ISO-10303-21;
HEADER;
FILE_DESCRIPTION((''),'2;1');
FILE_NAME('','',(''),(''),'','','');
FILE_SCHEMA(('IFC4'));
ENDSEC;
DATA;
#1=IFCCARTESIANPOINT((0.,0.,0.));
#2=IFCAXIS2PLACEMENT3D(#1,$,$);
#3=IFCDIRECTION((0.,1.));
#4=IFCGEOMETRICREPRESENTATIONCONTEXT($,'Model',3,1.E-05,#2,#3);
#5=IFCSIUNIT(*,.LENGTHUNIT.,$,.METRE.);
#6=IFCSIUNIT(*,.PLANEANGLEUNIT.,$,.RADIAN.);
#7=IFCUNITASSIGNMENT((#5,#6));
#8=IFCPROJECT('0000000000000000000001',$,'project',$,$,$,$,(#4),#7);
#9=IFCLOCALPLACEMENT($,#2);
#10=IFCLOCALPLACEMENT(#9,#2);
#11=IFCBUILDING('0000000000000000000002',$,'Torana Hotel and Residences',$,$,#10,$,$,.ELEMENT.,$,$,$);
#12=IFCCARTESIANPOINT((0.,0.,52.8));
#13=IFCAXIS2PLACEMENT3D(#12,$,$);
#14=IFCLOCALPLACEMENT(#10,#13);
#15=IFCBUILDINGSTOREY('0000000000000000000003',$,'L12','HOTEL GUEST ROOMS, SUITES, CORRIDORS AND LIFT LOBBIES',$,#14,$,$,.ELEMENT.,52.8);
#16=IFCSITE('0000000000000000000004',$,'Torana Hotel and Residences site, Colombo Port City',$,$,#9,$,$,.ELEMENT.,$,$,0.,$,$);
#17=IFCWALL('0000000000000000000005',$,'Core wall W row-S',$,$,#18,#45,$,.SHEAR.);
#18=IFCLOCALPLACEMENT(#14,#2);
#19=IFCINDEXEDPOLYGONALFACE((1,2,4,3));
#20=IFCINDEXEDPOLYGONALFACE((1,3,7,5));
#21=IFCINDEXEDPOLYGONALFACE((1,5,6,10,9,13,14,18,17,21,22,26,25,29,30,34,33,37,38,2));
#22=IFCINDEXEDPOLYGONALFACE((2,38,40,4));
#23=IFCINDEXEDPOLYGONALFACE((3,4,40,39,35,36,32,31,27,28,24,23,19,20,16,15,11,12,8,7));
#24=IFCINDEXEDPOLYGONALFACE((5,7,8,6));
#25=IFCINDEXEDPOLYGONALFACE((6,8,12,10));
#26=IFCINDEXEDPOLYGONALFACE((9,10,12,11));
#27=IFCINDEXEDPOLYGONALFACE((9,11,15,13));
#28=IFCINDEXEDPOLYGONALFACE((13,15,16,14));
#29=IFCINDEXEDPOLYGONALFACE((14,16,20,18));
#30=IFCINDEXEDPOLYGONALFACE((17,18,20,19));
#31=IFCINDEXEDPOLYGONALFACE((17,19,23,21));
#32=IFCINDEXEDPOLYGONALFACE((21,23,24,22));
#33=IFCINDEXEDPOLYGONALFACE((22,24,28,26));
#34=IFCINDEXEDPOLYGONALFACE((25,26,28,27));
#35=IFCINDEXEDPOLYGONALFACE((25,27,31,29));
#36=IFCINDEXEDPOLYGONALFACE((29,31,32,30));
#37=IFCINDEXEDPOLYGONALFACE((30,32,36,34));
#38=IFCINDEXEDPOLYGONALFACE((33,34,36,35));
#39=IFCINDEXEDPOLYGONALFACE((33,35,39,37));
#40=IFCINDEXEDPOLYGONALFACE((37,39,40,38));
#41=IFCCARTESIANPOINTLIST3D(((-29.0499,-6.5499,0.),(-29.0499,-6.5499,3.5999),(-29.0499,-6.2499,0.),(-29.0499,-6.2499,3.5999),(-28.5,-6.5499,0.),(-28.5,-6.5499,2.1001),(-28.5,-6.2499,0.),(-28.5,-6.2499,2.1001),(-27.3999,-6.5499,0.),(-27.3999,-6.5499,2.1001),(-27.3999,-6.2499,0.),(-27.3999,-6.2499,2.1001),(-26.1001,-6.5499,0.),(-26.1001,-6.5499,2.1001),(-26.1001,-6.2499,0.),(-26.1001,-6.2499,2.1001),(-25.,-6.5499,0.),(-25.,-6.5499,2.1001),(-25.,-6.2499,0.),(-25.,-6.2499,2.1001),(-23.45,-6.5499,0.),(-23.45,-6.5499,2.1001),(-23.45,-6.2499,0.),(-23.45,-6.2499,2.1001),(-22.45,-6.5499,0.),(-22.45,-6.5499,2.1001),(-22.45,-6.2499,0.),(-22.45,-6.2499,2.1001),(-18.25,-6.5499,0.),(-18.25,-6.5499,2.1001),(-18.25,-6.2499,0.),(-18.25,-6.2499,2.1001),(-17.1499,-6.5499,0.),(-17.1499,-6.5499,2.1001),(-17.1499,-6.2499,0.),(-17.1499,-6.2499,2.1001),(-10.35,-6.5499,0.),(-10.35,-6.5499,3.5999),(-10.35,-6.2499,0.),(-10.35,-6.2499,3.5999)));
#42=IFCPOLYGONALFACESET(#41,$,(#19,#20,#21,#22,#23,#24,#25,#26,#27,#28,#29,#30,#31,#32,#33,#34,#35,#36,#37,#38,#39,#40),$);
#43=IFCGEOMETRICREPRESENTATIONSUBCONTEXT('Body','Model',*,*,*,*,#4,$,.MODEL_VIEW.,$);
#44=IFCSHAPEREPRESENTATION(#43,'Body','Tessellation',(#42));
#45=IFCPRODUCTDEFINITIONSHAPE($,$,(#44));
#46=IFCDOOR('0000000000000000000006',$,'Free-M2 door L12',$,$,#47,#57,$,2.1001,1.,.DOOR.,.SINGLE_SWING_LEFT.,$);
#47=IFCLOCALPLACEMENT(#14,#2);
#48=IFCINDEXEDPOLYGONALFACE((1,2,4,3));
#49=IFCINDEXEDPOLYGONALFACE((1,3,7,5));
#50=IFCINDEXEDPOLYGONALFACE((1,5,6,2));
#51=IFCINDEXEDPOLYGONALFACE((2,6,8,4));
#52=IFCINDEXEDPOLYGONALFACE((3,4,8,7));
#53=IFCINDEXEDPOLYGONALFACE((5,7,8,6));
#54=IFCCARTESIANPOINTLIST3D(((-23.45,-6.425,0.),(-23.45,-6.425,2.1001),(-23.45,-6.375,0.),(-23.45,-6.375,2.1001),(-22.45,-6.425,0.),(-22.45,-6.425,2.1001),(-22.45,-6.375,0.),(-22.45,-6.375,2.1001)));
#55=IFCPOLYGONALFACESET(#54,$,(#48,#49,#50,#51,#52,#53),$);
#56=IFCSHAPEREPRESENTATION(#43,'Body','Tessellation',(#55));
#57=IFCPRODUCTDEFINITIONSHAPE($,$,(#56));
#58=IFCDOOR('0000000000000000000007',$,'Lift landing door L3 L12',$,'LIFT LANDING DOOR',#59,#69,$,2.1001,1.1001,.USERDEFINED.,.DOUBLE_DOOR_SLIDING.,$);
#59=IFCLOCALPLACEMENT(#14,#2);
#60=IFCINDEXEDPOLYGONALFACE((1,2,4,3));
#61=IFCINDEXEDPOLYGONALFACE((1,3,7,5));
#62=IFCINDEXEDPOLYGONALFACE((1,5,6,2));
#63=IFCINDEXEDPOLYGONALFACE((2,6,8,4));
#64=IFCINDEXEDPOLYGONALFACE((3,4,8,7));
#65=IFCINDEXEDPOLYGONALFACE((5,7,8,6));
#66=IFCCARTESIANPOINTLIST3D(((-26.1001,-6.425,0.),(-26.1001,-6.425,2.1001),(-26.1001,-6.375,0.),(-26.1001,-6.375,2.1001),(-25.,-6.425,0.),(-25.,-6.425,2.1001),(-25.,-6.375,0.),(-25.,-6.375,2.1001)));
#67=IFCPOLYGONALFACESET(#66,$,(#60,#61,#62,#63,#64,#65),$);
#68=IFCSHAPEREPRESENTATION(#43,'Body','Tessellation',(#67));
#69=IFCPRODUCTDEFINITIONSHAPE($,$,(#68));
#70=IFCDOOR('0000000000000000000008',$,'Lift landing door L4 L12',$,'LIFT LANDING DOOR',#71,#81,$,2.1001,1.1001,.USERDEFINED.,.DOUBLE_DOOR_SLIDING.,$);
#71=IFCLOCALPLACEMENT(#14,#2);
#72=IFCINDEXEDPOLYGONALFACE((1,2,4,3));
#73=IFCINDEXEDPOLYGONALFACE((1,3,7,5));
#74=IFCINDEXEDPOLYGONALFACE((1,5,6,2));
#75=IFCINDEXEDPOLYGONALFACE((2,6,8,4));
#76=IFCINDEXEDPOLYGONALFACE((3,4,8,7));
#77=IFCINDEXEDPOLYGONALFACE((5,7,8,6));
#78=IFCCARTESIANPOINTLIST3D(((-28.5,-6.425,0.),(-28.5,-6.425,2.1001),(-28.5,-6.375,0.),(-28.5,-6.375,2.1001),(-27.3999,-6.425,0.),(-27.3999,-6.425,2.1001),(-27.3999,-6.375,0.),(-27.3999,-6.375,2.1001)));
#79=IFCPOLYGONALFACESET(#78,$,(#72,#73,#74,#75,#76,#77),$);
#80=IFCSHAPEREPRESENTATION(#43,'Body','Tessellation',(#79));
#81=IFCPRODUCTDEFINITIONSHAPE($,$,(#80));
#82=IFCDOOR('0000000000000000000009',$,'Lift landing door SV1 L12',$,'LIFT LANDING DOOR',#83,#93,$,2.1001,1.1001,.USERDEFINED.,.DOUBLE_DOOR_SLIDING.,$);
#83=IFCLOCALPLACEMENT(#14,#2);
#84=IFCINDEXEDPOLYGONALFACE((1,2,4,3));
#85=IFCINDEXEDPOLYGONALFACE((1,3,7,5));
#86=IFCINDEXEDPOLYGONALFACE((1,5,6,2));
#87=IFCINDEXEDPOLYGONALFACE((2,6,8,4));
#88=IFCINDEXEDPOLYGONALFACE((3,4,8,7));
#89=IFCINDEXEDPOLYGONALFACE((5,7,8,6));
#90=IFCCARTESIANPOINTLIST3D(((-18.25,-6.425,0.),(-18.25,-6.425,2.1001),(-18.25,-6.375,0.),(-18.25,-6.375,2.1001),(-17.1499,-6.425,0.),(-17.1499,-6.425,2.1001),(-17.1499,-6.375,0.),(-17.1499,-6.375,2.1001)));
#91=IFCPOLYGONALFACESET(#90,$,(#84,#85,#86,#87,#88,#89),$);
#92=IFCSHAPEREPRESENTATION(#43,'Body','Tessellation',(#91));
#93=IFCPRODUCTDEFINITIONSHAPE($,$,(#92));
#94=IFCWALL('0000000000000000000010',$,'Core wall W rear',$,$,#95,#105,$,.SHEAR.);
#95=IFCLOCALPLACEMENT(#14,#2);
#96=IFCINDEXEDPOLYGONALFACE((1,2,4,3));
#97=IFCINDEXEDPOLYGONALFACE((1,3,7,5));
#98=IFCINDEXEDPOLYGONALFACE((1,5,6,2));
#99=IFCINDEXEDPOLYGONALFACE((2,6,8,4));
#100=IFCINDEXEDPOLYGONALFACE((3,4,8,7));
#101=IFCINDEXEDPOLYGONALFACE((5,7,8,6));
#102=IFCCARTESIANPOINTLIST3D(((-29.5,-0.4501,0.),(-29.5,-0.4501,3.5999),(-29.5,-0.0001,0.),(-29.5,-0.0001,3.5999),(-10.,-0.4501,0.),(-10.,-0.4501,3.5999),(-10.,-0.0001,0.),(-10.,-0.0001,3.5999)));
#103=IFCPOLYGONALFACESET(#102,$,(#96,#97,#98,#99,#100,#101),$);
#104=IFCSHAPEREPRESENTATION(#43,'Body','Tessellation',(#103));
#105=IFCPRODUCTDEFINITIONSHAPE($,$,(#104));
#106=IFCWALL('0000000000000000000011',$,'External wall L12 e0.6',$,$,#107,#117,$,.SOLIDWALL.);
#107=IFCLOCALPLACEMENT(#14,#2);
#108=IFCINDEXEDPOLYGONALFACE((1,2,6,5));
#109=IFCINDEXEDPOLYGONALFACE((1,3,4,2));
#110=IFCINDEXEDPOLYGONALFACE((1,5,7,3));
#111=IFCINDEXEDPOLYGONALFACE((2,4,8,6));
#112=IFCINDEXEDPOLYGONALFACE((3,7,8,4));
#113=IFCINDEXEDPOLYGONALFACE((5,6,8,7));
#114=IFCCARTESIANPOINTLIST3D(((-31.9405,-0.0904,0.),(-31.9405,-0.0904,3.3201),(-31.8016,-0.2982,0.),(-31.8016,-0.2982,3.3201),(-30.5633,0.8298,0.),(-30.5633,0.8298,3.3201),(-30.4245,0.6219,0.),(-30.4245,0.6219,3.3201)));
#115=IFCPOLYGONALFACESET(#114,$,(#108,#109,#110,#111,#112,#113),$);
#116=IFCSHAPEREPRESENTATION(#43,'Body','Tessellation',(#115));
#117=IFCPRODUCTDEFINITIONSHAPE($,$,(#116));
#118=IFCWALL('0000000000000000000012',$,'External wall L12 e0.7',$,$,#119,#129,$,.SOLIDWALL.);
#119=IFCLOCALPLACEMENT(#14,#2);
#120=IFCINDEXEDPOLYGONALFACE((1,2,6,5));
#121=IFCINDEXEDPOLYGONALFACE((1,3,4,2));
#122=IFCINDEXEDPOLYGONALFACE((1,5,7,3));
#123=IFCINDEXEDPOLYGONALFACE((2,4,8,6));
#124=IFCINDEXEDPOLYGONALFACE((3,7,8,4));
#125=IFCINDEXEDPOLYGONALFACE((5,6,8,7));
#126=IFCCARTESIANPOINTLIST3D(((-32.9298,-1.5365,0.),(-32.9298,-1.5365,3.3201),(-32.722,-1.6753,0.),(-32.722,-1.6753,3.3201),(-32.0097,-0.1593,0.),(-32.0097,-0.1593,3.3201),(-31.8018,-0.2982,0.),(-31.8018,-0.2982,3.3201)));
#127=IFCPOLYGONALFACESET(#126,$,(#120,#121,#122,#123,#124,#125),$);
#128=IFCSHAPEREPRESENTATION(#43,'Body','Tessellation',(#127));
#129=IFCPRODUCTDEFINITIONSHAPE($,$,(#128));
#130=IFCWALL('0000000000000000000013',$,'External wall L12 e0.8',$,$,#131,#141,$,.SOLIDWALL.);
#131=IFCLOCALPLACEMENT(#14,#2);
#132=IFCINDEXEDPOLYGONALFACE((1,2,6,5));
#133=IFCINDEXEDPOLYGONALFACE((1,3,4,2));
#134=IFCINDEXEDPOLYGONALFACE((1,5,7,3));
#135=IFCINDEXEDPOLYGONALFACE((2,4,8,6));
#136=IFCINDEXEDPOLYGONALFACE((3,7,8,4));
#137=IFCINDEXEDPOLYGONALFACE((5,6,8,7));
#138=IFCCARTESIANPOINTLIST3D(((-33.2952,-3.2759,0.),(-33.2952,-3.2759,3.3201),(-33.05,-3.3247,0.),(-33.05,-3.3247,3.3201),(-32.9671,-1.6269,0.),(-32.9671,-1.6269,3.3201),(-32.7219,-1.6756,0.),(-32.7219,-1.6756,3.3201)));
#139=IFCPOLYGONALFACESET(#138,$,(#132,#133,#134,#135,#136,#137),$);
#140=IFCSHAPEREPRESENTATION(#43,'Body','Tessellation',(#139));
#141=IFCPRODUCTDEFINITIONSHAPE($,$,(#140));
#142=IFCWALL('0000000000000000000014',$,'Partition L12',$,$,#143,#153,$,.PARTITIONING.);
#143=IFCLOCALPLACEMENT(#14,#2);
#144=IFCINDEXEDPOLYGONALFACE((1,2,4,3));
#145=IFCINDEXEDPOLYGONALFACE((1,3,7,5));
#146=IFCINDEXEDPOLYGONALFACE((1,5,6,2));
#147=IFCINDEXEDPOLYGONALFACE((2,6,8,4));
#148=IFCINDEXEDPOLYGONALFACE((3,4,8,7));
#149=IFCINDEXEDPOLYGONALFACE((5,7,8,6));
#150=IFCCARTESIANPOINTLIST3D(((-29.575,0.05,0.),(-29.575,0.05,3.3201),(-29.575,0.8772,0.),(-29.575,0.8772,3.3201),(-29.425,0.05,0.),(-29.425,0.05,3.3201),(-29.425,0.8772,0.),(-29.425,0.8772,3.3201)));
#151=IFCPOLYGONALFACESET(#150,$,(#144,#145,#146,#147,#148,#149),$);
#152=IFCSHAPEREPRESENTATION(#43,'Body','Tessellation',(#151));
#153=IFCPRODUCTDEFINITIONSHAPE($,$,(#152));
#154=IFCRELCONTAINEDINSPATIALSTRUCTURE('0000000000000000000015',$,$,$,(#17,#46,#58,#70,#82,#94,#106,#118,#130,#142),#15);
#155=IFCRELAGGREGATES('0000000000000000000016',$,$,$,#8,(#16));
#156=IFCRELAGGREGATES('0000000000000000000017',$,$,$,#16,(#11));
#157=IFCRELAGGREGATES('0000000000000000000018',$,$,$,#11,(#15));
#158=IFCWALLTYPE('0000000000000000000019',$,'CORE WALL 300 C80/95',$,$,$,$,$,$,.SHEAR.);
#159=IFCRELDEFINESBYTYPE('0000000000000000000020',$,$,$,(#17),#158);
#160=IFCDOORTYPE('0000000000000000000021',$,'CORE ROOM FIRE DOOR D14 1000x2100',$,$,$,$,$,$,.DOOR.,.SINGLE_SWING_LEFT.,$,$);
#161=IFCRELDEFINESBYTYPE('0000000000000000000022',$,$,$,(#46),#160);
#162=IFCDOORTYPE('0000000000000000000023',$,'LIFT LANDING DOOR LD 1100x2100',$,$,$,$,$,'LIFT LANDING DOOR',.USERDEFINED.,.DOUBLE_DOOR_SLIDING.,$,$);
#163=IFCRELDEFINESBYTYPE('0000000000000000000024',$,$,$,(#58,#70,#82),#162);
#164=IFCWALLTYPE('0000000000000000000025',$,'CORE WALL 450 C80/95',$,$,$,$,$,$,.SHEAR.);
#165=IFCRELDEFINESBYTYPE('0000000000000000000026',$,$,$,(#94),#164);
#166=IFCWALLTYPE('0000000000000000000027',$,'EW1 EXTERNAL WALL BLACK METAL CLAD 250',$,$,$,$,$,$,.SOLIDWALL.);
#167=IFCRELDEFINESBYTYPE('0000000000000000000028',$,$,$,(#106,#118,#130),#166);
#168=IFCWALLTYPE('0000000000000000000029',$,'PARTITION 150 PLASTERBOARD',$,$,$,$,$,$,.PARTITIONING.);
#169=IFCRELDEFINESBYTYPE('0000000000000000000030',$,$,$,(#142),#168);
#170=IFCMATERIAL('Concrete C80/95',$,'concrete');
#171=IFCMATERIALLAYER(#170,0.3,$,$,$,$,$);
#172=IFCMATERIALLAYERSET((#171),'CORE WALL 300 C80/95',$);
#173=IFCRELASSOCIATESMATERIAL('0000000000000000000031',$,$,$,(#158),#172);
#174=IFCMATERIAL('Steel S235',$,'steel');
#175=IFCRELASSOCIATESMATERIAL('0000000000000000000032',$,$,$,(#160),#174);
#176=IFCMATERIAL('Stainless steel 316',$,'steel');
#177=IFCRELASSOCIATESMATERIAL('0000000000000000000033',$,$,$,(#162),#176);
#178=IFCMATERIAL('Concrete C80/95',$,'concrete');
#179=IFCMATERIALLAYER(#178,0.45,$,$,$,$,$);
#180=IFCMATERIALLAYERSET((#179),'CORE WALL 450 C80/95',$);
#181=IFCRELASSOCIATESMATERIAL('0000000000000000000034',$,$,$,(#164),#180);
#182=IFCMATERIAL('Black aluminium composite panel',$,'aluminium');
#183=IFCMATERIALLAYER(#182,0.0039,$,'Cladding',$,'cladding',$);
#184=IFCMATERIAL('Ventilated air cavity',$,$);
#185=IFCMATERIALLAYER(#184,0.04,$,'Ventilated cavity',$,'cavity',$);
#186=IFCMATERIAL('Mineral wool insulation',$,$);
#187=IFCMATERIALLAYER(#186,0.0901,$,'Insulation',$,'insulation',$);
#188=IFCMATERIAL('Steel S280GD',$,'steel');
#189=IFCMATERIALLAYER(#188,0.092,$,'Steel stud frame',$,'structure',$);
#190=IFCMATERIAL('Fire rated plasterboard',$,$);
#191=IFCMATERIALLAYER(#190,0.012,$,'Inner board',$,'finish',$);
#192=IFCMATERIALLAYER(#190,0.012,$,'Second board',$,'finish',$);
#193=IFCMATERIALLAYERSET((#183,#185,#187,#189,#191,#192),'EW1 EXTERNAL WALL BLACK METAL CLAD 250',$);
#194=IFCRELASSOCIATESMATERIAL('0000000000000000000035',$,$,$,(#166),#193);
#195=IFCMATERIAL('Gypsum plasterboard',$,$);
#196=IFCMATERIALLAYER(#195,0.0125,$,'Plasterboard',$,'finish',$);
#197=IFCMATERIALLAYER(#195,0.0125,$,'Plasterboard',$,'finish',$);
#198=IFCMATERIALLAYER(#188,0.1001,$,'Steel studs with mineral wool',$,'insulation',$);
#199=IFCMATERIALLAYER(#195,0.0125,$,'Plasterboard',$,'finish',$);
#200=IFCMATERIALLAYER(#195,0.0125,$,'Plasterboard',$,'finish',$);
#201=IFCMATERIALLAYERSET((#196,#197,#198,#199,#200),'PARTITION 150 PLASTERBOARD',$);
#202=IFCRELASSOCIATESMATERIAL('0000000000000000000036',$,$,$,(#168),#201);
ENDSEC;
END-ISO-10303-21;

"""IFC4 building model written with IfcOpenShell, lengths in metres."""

from ifc_helpers import new_model, si_unit, direction, frame, frame_2d, origin, place, context, subcontext, project, spatial, rectangle, extrude, material, layer, layer_set, type_object, element, fill, save


model = new_model("IFC4")

# Units and contexts
model_context = context("Model", 3, precision=1e-05, world=origin(), true_north=direction((0.0, 1.0)))
body_context = subcontext(model_context, "Body", "Model", "MODEL_VIEW")
ifc_project = project(units=[si_unit("LENGTHUNIT", "METRE"), si_unit("PLANEANGLEUNIT", "RADIAN")], contexts=[model_context])

# Site, building, storey
site_placement = place(None, origin())
site = spatial("IfcSite", under=ifc_project, at=site_placement, Name="Torana Hotel and Residences site, Colombo Port City", CompositionType="ELEMENT", RefElevation=0.0)
building_placement = place(site_placement, origin())
building = spatial("IfcBuilding", under=site, at=building_placement, Name="Torana Hotel and Residences", CompositionType="ELEMENT")
storey_placement = place(building_placement, frame((0.0, 0.0, 52.8)))
storey = spatial("IfcBuildingStorey", under=building, at=storey_placement, Name="L12", Description="HOTEL GUEST ROOMS, SUITES, CORRIDORS AND LIFT LOBBIES", CompositionType="ELEMENT", Elevation=52.8)

# Wall, openings, doors
ifc_material_1 = material(Name="Concrete C80/95", Category="concrete")
ifc_layer_1 = layer(ifc_material_1, 0.3)
ifc_layer_set_1 = layer_set([ifc_layer_1], Name="CORE WALL 300 C80/95")
wall_type_1 = type_object("IfcWallType", Name="CORE WALL 300 C80/95", PredefinedType="SHEAR", material=ifc_layer_set_1)
ifc_material_2 = material(Name="Steel S235", Category="steel")
door_type_1 = type_object("IfcDoorType", Name="CORE ROOM FIRE DOOR D14 1000x2100", OperationType="SINGLE_SWING_LEFT", PredefinedType="DOOR", material=ifc_material_2)
ifc_material_3 = material(Name="Stainless steel 316", Category="steel")
door_type_2 = type_object("IfcDoorType", Name="LIFT LANDING DOOR LD 1100x2100", ElementType="LIFT LANDING DOOR", OperationType="DOUBLE_DOOR_SLIDING", PredefinedType="USERDEFINED", material=ifc_material_3)
wall_1_placement = place(storey_placement, frame((-29.05, -6.3999, 0.0), z_axis=(0.0, 0.0, 1.0), x_axis=(1.0, 0.0, 0.0)))
wall_1 = element("IfcWall", 1, at=wall_1_placement, inside=storey, type_object=wall_type_1, Name="Core wall W row-S", PredefinedType="SHEAR", context=body_context, shape_type="SweptSolid", body=[
    extrude(rectangle(XDim=18.7, YDim=0.3, at=frame_2d((9.3501, 0.0))), origin(), (0.0, 0.0, 1.0), 3.5999),
])
opening_1_placement = place(wall_1_placement, frame((2.95, 0.0, 0.0)))
opening_1 = element("IfcOpeningElement", 2, at=opening_1_placement, cuts=wall_1, PredefinedType="OPENING", context=body_context, shape_type="SweptSolid", body=[
    extrude(rectangle(XDim=1.1001, YDim=2.1001, at=frame_2d((0.55, 1.05))), frame((0.0, 0.1599, 0.0), z_axis=(0.0, -1.0, 0.0), x_axis=(1.0, 0.0, 0.0)), (0.0, 0.0, 1.0), 0.3201),
])
opening_2_placement = place(wall_1_placement, frame((0.55, 0.0, 0.0)))
opening_2 = element("IfcOpeningElement", 3, at=opening_2_placement, cuts=wall_1, PredefinedType="OPENING", context=body_context, shape_type="SweptSolid", body=[
    extrude(rectangle(XDim=1.1001, YDim=2.1001, at=frame_2d((0.55, 1.05))), frame((0.0, 0.1599, 0.0), z_axis=(0.0, -1.0, 0.0), x_axis=(1.0, 0.0, 0.0)), (0.0, 0.0, 1.0), 0.3201),
])
opening_3_placement = place(wall_1_placement, frame((10.8, 0.0, 0.0)))
opening_3 = element("IfcOpeningElement", 4, at=opening_3_placement, cuts=wall_1, PredefinedType="OPENING", context=body_context, shape_type="SweptSolid", body=[
    extrude(rectangle(XDim=1.1001, YDim=2.1001, at=frame_2d((0.55, 1.05))), frame((0.0, 0.1599, 0.0), z_axis=(0.0, -1.0, 0.0), x_axis=(1.0, 0.0, 0.0)), (0.0, 0.0, 1.0), 0.3201),
])
opening_4_placement = place(wall_1_placement, frame((5.6001, 0.0, 0.0)))
opening_4 = element("IfcOpeningElement", 5, at=opening_4_placement, cuts=wall_1, PredefinedType="OPENING", context=body_context, shape_type="SweptSolid", body=[
    extrude(rectangle(XDim=1.0, YDim=2.1001, at=frame_2d((0.5, 1.05))), frame((0.0, 0.1599, 0.0), z_axis=(0.0, -1.0, 0.0), x_axis=(1.0, 0.0, 0.0)), (0.0, 0.0, 1.0), 0.3201),
])
door_1_placement = place(opening_4_placement, frame((0.5, 0.0, 0.0), z_axis=(0.0, 0.0, 1.0), x_axis=(-1.0, 0.0, 0.0)))
door_1 = element("IfcDoor", 6, at=door_1_placement, inside=storey, type_object=door_type_1, Name="Free-M2 door L12", OperationType="SINGLE_SWING_LEFT", OverallHeight=2.1001, OverallWidth=1.0, PredefinedType="DOOR", context=body_context, shape_type="SweptSolid", body=[
    extrude(rectangle(XDim=1.0, YDim=2.1001, at=frame_2d((0.0, 1.05))), frame((0.0, -0.0249, 0.0), z_axis=(0.0, 1.0, 0.0), x_axis=(-1.0, 0.0, 0.0)), (0.0, 0.0, 1.0), 0.05),
])
fill(opening_4, door_1)
door_2_placement = place(opening_1_placement, origin())
door_2 = element("IfcDoor", 7, at=door_2_placement, inside=storey, type_object=door_type_2, Name="Lift landing door L3 L12", ObjectType="LIFT LANDING DOOR", OperationType="DOUBLE_DOOR_SLIDING", OverallHeight=2.1001, OverallWidth=1.1001, PredefinedType="USERDEFINED", context=body_context, shape_type="SweptSolid", body=[
    extrude(rectangle(XDim=1.1001, YDim=2.1001, at=frame_2d((0.55, 1.05))), frame((0.0, 0.0249, 0.0), z_axis=(0.0, -1.0, 0.0), x_axis=(1.0, 0.0, 0.0)), (0.0, 0.0, 1.0), 0.05),
])
fill(opening_1, door_2)
door_3_placement = place(opening_2_placement, origin())
door_3 = element("IfcDoor", 8, at=door_3_placement, inside=storey, type_object=door_type_2, Name="Lift landing door L4 L12", ObjectType="LIFT LANDING DOOR", OperationType="DOUBLE_DOOR_SLIDING", OverallHeight=2.1001, OverallWidth=1.1001, PredefinedType="USERDEFINED", context=body_context, shape_type="SweptSolid", body=[
    extrude(rectangle(XDim=1.1001, YDim=2.1001, at=frame_2d((0.55, 1.05))), frame((0.0, 0.0249, 0.0), z_axis=(0.0, -1.0, 0.0), x_axis=(1.0, 0.0, 0.0)), (0.0, 0.0, 1.0), 0.05),
])
fill(opening_2, door_3)
door_4_placement = place(opening_3_placement, origin())
door_4 = element("IfcDoor", 9, at=door_4_placement, inside=storey, type_object=door_type_2, Name="Lift landing door SV1 L12", ObjectType="LIFT LANDING DOOR", OperationType="DOUBLE_DOOR_SLIDING", OverallHeight=2.1001, OverallWidth=1.1001, PredefinedType="USERDEFINED", context=body_context, shape_type="SweptSolid", body=[
    extrude(rectangle(XDim=1.1001, YDim=2.1001, at=frame_2d((0.55, 1.05))), frame((0.0, 0.0249, 0.0), z_axis=(0.0, -1.0, 0.0), x_axis=(1.0, 0.0, 0.0)), (0.0, 0.0, 1.0), 0.05),
])
fill(opening_3, door_4)

# Walls
ifc_material_4 = material(Name="Concrete C80/95", Category="concrete")
ifc_layer_2 = layer(ifc_material_4, 0.45)
ifc_layer_set_2 = layer_set([ifc_layer_2], Name="CORE WALL 450 C80/95")
wall_type_2 = type_object("IfcWallType", Name="CORE WALL 450 C80/95", PredefinedType="SHEAR", material=ifc_layer_set_2)
wall_2_placement = place(storey_placement, frame((-29.5, -0.2251, 0.0), z_axis=(0.0, 0.0, 1.0), x_axis=(1.0, 0.0, 0.0)))
element("IfcWall", 10, at=wall_2_placement, inside=storey, type_object=wall_type_2, Name="Core wall W rear", PredefinedType="SHEAR", context=body_context, shape_type="SweptSolid", body=[
    extrude(rectangle(XDim=19.5, YDim=0.45, at=frame_2d((9.75, 0.0))), origin(), (0.0, 0.0, 1.0), 3.5999),
])
ifc_material_5 = material(Name="Black aluminium composite panel", Category="aluminium")
ifc_layer_3 = layer(ifc_material_5, 0.0039, Name="Cladding", Category="cladding")
ifc_material_6 = material(Name="Ventilated air cavity")
ifc_layer_4 = layer(ifc_material_6, 0.04, Name="Ventilated cavity", Category="cavity")
ifc_material_7 = material(Name="Mineral wool insulation")
ifc_layer_5 = layer(ifc_material_7, 0.0901, Name="Insulation", Category="insulation")
ifc_material_8 = material(Name="Steel S280GD", Category="steel")
ifc_layer_6 = layer(ifc_material_8, 0.092, Name="Steel stud frame", Category="structure")
ifc_material_9 = material(Name="Fire rated plasterboard")
ifc_layer_7 = layer(ifc_material_9, 0.012, Name="Inner board", Category="finish")
ifc_layer_8 = layer(ifc_material_9, 0.012, Name="Second board", Category="finish")
ifc_layer_set_3 = layer_set([ifc_layer_3, ifc_layer_4, ifc_layer_5, ifc_layer_6, ifc_layer_7, ifc_layer_8], Name="EW1 EXTERNAL WALL BLACK METAL CLAD 250")
wall_type_3 = type_object("IfcWallType", Name="EW1 EXTERNAL WALL BLACK METAL CLAD 250", PredefinedType="SOLIDWALL", material=ifc_layer_set_3)
for number, where, z_axis, x_axis, name in (
    (11, (-30.4939, 0.7258, 0.0), (0.0, 0.0, 1.0), (-0.831483, -0.55555, 0.0), "External wall L12 e0.6"),
    (12, (-31.9058, -0.2288, 0.0), (0.0, 0.0, 1.0), (-0.55555, -0.831483, 0.0), "External wall L12 e0.7"),
):
    element("IfcWall", number, at=place(storey_placement, frame(where, z_axis=z_axis, x_axis=x_axis)), inside=storey, type_object=wall_type_3, Name=name, PredefinedType="SOLIDWALL", context=body_context, shape_type="SweptSolid", body=[
        extrude(rectangle(XDim=1.6562, YDim=0.25, at=frame_2d((0.8281, 0.0))), origin(), (0.0, 0.0, 1.0), 3.3201),
    ])
wall_3_placement = place(storey_placement, frame((-32.8445, -1.6511, 0.0), z_axis=(0.0, 0.0, 1.0), x_axis=(-0.195139, -0.980776, 0.0)))
element("IfcWall", 13, at=wall_3_placement, inside=storey, type_object=wall_type_3, Name="External wall L12 e0.8", PredefinedType="SOLIDWALL", context=body_context, shape_type="SweptSolid", body=[
    extrude(rectangle(XDim=1.6814, YDim=0.25, at=frame_2d((0.8408, 0.0))), origin(), (0.0, 0.0, 1.0), 3.3201),
])

# Wall
ifc_material_10 = material(Name="Gypsum plasterboard")
ifc_layer_9 = layer(ifc_material_10, 0.0125, Name="Plasterboard", Category="finish")
ifc_layer_10 = layer(ifc_material_10, 0.0125, Name="Plasterboard", Category="finish")
ifc_layer_11 = layer(ifc_material_8, 0.1001, Name="Steel studs with mineral wool", Category="insulation")
ifc_layer_12 = layer(ifc_material_10, 0.0125, Name="Plasterboard", Category="finish")
ifc_layer_13 = layer(ifc_material_10, 0.0125, Name="Plasterboard", Category="finish")
ifc_layer_set_4 = layer_set([ifc_layer_9, ifc_layer_10, ifc_layer_11, ifc_layer_12, ifc_layer_13], Name="PARTITION 150 PLASTERBOARD")
wall_type_4 = type_object("IfcWallType", Name="PARTITION 150 PLASTERBOARD", PredefinedType="PARTITIONING", material=ifc_layer_set_4)
wall_4_placement = place(storey_placement, frame((-29.5, 0.05, 0.0), z_axis=(0.0, 0.0, 1.0), x_axis=(0.0, 1.0, 0.0)))
element("IfcWall", 14, at=wall_4_placement, inside=storey, type_object=wall_type_4, Name="Partition L12", PredefinedType="PARTITIONING", context=body_context, shape_type="SweptSolid", body=[
    extrude(rectangle(XDim=0.8271, YDim=0.1499, at=frame_2d((0.4136, 0.0))), origin(), (0.0, 0.0, 1.0), 3.3201),
])

save(model, "model.ifc")
